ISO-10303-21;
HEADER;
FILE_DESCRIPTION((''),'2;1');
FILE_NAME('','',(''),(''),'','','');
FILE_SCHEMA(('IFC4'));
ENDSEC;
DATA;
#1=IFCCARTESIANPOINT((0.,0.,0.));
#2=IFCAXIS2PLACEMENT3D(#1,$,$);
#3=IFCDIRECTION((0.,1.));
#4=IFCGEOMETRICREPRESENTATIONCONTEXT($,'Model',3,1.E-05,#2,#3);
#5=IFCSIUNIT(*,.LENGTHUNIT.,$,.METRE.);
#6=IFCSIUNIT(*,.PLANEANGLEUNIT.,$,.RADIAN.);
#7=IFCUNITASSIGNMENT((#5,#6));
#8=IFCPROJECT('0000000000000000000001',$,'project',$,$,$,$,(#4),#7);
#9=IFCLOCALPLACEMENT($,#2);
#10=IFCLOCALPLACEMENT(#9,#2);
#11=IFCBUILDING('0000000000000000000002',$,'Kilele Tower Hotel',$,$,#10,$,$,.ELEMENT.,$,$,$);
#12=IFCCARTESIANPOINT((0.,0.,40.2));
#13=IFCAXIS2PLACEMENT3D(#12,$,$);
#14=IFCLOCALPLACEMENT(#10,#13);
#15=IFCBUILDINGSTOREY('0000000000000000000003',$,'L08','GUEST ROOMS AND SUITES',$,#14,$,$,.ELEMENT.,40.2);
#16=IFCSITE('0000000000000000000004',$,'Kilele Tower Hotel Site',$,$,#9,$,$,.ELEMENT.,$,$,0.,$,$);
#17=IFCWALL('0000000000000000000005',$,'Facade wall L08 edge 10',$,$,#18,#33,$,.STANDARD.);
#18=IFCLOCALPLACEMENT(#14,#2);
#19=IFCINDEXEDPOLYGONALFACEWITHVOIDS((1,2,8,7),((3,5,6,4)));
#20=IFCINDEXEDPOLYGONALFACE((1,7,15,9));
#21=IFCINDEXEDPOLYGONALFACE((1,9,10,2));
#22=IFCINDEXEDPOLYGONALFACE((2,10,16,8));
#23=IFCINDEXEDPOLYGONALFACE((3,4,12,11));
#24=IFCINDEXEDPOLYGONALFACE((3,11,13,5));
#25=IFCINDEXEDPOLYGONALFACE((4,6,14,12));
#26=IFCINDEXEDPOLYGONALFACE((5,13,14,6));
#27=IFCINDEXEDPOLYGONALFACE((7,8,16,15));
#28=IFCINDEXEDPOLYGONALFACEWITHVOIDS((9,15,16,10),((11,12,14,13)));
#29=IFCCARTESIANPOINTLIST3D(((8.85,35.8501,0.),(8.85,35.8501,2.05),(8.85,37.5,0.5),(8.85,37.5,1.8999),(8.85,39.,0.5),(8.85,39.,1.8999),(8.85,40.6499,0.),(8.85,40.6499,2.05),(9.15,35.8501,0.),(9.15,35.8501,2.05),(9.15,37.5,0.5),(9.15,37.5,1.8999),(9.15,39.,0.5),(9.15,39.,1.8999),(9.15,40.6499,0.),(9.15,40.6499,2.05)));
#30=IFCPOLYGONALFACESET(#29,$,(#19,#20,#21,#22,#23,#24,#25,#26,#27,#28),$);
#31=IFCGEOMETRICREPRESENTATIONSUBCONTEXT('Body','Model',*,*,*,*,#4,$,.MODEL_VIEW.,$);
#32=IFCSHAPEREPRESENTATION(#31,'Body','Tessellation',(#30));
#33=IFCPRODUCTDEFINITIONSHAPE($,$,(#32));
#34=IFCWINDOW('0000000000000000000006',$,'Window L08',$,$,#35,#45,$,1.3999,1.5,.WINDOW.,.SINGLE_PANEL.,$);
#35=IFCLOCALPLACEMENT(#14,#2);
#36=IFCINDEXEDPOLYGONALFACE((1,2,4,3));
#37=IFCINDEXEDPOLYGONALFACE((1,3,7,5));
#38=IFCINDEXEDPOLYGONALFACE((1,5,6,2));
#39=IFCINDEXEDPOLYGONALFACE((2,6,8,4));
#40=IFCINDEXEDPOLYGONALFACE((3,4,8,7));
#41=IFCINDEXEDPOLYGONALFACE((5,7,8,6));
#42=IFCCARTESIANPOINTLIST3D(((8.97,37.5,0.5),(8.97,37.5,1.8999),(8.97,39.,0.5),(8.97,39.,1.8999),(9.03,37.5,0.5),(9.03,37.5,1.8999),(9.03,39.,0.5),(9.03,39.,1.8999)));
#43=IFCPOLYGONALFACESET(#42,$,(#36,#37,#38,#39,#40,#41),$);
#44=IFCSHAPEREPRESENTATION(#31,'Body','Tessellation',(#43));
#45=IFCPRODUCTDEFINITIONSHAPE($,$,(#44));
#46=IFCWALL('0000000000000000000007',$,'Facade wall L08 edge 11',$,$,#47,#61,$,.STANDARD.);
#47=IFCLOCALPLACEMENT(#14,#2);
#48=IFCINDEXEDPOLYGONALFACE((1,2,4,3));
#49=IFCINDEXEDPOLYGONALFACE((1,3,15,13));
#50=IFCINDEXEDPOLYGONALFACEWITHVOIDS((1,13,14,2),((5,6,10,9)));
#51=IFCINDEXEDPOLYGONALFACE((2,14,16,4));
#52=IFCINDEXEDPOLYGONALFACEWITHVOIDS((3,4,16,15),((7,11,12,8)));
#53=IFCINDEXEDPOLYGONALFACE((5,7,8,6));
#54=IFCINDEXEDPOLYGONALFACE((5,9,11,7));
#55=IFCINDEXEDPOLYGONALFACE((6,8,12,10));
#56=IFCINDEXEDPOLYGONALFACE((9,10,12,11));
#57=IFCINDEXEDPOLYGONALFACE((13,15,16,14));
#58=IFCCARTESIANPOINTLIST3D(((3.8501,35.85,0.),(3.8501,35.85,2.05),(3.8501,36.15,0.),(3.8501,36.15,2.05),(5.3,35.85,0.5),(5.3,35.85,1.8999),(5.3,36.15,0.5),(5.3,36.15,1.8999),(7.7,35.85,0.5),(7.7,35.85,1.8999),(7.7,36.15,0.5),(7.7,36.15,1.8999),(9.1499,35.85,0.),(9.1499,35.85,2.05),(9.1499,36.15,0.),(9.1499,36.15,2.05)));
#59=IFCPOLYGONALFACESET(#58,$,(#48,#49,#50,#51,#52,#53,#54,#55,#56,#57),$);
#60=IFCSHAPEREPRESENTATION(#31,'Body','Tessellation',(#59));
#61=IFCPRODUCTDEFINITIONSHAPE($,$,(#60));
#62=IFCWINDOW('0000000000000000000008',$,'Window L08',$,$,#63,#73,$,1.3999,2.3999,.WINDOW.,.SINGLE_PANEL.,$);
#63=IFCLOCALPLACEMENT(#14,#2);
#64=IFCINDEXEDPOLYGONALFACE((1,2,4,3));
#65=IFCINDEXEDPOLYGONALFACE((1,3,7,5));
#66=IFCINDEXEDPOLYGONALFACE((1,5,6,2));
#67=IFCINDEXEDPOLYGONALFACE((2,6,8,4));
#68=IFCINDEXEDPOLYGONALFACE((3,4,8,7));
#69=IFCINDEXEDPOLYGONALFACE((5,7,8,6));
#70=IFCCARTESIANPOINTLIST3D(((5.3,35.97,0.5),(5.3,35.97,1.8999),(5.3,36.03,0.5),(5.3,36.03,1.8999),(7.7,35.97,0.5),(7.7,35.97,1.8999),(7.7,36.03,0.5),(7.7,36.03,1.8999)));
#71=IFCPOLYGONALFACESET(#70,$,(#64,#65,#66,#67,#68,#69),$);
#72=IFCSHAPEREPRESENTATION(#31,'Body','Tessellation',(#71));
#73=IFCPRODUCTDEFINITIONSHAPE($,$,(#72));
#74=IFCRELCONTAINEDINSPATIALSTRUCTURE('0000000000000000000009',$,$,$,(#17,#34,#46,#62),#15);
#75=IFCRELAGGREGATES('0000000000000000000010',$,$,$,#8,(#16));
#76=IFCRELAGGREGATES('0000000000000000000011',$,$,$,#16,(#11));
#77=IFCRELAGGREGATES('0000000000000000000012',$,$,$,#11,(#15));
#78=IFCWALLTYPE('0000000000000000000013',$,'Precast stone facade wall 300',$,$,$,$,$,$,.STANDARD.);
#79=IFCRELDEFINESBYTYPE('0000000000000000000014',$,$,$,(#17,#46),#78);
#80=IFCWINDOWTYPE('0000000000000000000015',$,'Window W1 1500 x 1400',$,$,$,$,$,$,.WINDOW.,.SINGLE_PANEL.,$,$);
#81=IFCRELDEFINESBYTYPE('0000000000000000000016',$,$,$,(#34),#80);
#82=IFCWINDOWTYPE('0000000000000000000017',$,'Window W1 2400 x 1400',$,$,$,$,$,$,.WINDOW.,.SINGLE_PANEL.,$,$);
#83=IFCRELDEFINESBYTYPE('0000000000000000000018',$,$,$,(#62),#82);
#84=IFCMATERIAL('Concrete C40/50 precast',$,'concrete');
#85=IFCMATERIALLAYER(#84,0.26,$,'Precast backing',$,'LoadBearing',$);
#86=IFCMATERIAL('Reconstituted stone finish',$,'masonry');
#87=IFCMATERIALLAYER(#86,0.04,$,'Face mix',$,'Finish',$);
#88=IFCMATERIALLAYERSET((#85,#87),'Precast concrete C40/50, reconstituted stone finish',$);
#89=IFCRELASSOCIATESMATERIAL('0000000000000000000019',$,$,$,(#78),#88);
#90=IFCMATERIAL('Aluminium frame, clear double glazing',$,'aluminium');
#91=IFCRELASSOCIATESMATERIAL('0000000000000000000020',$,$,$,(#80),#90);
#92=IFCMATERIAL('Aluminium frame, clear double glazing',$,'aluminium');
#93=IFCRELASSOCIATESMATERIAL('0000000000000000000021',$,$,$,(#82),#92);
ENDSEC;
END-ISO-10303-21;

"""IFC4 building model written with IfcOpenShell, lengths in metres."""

from ifc_helpers import new_model, si_unit, direction, frame, frame_2d, origin, place, context, subcontext, project, spatial, rectangle, extrude, material, layer, layer_set, type_object, element, fill, save


model = new_model("IFC4")

# Units and contexts
model_context = context("Model", 3, precision=1e-05, world=origin(), true_north=direction((0.0, 1.0)))
body_context = subcontext(model_context, "Body", "Model", "MODEL_VIEW")
ifc_project = project(units=[si_unit("LENGTHUNIT", "METRE"), si_unit("PLANEANGLEUNIT", "RADIAN")], contexts=[model_context])

# Site, building, storey
site_placement = place(None, origin())
site = spatial("IfcSite", under=ifc_project, at=site_placement, Name="Kilele Tower Hotel Site", CompositionType="ELEMENT", RefElevation=0.0)
building_placement = place(site_placement, origin())
building = spatial("IfcBuilding", under=site, at=building_placement, Name="Kilele Tower Hotel", CompositionType="ELEMENT")
storey_placement = place(building_placement, frame((0.0, 0.0, 40.2)))
storey = spatial("IfcBuildingStorey", under=building, at=storey_placement, Name="L08", Description="GUEST ROOMS AND SUITES", CompositionType="ELEMENT", Elevation=40.2)

# Walls, openings, windows
ifc_material_1 = material(Name="Concrete C40/50 precast", Category="concrete")
ifc_layer_1 = layer(ifc_material_1, 0.26, Name="Precast backing", Category="LoadBearing")
ifc_material_2 = material(Name="Reconstituted stone finish", Category="masonry")
ifc_layer_2 = layer(ifc_material_2, 0.04, Name="Face mix", Category="Finish")
ifc_layer_set_1 = layer_set([ifc_layer_1, ifc_layer_2], Name="Precast concrete C40/50, reconstituted stone finish")
wall_type_1 = type_object("IfcWallType", Name="Precast stone facade wall 300", PredefinedType="STANDARD", material=ifc_layer_set_1)
wall_1_placement = place(storey_placement, frame((9.0, 40.6499, 0.0), z_axis=(0.0, 0.0, 1.0), x_axis=(0.0, -1.0, 0.0)))
wall_1 = element("IfcWall", 1, at=wall_1_placement, inside=storey, type_object=wall_type_1, Name="Facade wall L08 edge 10", PredefinedType="STANDARD", context=body_context, shape_type="SweptSolid", body=[
    extrude(rectangle(XDim=4.7998, YDim=0.3, at=frame_2d((2.3999, 0.0))), origin(), (0.0, 0.0, 1.0), 2.05),
])
opening_1_placement = place(wall_1_placement, frame((1.6499, 0.0, 0.5)))
opening_1 = element("IfcOpeningElement", 2, at=opening_1_placement, cuts=wall_1, PredefinedType="OPENING", context=body_context, shape_type="SweptSolid", body=[
    extrude(rectangle(XDim=1.5, YDim=1.3999, at=frame_2d((0.75, 0.7))), frame((0.0, 0.1599, 0.0), z_axis=(0.0, -1.0, 0.0), x_axis=(1.0, 0.0, 0.0)), (0.0, 0.0, 1.0), 0.3201),
])
ifc_material_3 = material(Name="Aluminium frame, clear double glazing", Category="aluminium")
window_type_1 = type_object("IfcWindowType", Name="Window W1 1500 x 1400", PartitioningType="SINGLE_PANEL", PredefinedType="WINDOW", material=ifc_material_3)
window_1_placement = place(opening_1_placement, origin())
window_1 = element("IfcWindow", 3, at=window_1_placement, inside=storey, type_object=window_type_1, Name="Window L08", OverallHeight=1.3999, OverallWidth=1.5, PartitioningType="SINGLE_PANEL", PredefinedType="WINDOW", context=body_context, shape_type="SweptSolid", body=[
    extrude(rectangle(XDim=1.5, YDim=1.3999, at=frame_2d((0.75, 0.7))), frame((0.0, 0.03, 0.0), z_axis=(0.0, -1.0, 0.0), x_axis=(1.0, 0.0, 0.0)), (0.0, 0.0, 1.0), 0.0601),
])
fill(opening_1, window_1)
wall_2_placement = place(storey_placement, frame((9.1499, 36.0, 0.0), z_axis=(0.0, 0.0, 1.0), x_axis=(-1.0, 0.0, 0.0)))
wall_2 = element("IfcWall", 4, at=wall_2_placement, inside=storey, type_object=wall_type_1, Name="Facade wall L08 edge 11", PredefinedType="STANDARD", context=body_context, shape_type="SweptSolid", body=[
    extrude(rectangle(XDim=5.2998, YDim=0.3, at=frame_2d((2.6499, 0.0))), origin(), (0.0, 0.0, 1.0), 2.05),
])
opening_2_placement = place(wall_2_placement, frame((1.45, 0.0, 0.5)))
opening_2 = element("IfcOpeningElement", 5, at=opening_2_placement, cuts=wall_2, PredefinedType="OPENING", context=body_context, shape_type="SweptSolid", body=[
    extrude(rectangle(XDim=2.3999, YDim=1.3999, at=frame_2d((1.2, 0.7))), frame((0.0, 0.1599, 0.0), z_axis=(0.0, -1.0, 0.0), x_axis=(1.0, 0.0, 0.0)), (0.0, 0.0, 1.0), 0.3201),
])
ifc_material_4 = material(Name="Aluminium frame, clear double glazing", Category="aluminium")
window_type_2 = type_object("IfcWindowType", Name="Window W1 2400 x 1400", PartitioningType="SINGLE_PANEL", PredefinedType="WINDOW", material=ifc_material_4)
window_2_placement = place(opening_2_placement, origin())
window_2 = element("IfcWindow", 6, at=window_2_placement, inside=storey, type_object=window_type_2, Name="Window L08", OverallHeight=1.3999, OverallWidth=2.3999, PartitioningType="SINGLE_PANEL", PredefinedType="WINDOW", context=body_context, shape_type="SweptSolid", body=[
    extrude(rectangle(XDim=2.3999, YDim=1.3999, at=frame_2d((1.2, 0.7))), frame((0.0, 0.03, 0.0), z_axis=(0.0, -1.0, 0.0), x_axis=(1.0, 0.0, 0.0)), (0.0, 0.0, 1.0), 0.0601),
])
fill(opening_2, window_2)

save(model, "model.ifc")
